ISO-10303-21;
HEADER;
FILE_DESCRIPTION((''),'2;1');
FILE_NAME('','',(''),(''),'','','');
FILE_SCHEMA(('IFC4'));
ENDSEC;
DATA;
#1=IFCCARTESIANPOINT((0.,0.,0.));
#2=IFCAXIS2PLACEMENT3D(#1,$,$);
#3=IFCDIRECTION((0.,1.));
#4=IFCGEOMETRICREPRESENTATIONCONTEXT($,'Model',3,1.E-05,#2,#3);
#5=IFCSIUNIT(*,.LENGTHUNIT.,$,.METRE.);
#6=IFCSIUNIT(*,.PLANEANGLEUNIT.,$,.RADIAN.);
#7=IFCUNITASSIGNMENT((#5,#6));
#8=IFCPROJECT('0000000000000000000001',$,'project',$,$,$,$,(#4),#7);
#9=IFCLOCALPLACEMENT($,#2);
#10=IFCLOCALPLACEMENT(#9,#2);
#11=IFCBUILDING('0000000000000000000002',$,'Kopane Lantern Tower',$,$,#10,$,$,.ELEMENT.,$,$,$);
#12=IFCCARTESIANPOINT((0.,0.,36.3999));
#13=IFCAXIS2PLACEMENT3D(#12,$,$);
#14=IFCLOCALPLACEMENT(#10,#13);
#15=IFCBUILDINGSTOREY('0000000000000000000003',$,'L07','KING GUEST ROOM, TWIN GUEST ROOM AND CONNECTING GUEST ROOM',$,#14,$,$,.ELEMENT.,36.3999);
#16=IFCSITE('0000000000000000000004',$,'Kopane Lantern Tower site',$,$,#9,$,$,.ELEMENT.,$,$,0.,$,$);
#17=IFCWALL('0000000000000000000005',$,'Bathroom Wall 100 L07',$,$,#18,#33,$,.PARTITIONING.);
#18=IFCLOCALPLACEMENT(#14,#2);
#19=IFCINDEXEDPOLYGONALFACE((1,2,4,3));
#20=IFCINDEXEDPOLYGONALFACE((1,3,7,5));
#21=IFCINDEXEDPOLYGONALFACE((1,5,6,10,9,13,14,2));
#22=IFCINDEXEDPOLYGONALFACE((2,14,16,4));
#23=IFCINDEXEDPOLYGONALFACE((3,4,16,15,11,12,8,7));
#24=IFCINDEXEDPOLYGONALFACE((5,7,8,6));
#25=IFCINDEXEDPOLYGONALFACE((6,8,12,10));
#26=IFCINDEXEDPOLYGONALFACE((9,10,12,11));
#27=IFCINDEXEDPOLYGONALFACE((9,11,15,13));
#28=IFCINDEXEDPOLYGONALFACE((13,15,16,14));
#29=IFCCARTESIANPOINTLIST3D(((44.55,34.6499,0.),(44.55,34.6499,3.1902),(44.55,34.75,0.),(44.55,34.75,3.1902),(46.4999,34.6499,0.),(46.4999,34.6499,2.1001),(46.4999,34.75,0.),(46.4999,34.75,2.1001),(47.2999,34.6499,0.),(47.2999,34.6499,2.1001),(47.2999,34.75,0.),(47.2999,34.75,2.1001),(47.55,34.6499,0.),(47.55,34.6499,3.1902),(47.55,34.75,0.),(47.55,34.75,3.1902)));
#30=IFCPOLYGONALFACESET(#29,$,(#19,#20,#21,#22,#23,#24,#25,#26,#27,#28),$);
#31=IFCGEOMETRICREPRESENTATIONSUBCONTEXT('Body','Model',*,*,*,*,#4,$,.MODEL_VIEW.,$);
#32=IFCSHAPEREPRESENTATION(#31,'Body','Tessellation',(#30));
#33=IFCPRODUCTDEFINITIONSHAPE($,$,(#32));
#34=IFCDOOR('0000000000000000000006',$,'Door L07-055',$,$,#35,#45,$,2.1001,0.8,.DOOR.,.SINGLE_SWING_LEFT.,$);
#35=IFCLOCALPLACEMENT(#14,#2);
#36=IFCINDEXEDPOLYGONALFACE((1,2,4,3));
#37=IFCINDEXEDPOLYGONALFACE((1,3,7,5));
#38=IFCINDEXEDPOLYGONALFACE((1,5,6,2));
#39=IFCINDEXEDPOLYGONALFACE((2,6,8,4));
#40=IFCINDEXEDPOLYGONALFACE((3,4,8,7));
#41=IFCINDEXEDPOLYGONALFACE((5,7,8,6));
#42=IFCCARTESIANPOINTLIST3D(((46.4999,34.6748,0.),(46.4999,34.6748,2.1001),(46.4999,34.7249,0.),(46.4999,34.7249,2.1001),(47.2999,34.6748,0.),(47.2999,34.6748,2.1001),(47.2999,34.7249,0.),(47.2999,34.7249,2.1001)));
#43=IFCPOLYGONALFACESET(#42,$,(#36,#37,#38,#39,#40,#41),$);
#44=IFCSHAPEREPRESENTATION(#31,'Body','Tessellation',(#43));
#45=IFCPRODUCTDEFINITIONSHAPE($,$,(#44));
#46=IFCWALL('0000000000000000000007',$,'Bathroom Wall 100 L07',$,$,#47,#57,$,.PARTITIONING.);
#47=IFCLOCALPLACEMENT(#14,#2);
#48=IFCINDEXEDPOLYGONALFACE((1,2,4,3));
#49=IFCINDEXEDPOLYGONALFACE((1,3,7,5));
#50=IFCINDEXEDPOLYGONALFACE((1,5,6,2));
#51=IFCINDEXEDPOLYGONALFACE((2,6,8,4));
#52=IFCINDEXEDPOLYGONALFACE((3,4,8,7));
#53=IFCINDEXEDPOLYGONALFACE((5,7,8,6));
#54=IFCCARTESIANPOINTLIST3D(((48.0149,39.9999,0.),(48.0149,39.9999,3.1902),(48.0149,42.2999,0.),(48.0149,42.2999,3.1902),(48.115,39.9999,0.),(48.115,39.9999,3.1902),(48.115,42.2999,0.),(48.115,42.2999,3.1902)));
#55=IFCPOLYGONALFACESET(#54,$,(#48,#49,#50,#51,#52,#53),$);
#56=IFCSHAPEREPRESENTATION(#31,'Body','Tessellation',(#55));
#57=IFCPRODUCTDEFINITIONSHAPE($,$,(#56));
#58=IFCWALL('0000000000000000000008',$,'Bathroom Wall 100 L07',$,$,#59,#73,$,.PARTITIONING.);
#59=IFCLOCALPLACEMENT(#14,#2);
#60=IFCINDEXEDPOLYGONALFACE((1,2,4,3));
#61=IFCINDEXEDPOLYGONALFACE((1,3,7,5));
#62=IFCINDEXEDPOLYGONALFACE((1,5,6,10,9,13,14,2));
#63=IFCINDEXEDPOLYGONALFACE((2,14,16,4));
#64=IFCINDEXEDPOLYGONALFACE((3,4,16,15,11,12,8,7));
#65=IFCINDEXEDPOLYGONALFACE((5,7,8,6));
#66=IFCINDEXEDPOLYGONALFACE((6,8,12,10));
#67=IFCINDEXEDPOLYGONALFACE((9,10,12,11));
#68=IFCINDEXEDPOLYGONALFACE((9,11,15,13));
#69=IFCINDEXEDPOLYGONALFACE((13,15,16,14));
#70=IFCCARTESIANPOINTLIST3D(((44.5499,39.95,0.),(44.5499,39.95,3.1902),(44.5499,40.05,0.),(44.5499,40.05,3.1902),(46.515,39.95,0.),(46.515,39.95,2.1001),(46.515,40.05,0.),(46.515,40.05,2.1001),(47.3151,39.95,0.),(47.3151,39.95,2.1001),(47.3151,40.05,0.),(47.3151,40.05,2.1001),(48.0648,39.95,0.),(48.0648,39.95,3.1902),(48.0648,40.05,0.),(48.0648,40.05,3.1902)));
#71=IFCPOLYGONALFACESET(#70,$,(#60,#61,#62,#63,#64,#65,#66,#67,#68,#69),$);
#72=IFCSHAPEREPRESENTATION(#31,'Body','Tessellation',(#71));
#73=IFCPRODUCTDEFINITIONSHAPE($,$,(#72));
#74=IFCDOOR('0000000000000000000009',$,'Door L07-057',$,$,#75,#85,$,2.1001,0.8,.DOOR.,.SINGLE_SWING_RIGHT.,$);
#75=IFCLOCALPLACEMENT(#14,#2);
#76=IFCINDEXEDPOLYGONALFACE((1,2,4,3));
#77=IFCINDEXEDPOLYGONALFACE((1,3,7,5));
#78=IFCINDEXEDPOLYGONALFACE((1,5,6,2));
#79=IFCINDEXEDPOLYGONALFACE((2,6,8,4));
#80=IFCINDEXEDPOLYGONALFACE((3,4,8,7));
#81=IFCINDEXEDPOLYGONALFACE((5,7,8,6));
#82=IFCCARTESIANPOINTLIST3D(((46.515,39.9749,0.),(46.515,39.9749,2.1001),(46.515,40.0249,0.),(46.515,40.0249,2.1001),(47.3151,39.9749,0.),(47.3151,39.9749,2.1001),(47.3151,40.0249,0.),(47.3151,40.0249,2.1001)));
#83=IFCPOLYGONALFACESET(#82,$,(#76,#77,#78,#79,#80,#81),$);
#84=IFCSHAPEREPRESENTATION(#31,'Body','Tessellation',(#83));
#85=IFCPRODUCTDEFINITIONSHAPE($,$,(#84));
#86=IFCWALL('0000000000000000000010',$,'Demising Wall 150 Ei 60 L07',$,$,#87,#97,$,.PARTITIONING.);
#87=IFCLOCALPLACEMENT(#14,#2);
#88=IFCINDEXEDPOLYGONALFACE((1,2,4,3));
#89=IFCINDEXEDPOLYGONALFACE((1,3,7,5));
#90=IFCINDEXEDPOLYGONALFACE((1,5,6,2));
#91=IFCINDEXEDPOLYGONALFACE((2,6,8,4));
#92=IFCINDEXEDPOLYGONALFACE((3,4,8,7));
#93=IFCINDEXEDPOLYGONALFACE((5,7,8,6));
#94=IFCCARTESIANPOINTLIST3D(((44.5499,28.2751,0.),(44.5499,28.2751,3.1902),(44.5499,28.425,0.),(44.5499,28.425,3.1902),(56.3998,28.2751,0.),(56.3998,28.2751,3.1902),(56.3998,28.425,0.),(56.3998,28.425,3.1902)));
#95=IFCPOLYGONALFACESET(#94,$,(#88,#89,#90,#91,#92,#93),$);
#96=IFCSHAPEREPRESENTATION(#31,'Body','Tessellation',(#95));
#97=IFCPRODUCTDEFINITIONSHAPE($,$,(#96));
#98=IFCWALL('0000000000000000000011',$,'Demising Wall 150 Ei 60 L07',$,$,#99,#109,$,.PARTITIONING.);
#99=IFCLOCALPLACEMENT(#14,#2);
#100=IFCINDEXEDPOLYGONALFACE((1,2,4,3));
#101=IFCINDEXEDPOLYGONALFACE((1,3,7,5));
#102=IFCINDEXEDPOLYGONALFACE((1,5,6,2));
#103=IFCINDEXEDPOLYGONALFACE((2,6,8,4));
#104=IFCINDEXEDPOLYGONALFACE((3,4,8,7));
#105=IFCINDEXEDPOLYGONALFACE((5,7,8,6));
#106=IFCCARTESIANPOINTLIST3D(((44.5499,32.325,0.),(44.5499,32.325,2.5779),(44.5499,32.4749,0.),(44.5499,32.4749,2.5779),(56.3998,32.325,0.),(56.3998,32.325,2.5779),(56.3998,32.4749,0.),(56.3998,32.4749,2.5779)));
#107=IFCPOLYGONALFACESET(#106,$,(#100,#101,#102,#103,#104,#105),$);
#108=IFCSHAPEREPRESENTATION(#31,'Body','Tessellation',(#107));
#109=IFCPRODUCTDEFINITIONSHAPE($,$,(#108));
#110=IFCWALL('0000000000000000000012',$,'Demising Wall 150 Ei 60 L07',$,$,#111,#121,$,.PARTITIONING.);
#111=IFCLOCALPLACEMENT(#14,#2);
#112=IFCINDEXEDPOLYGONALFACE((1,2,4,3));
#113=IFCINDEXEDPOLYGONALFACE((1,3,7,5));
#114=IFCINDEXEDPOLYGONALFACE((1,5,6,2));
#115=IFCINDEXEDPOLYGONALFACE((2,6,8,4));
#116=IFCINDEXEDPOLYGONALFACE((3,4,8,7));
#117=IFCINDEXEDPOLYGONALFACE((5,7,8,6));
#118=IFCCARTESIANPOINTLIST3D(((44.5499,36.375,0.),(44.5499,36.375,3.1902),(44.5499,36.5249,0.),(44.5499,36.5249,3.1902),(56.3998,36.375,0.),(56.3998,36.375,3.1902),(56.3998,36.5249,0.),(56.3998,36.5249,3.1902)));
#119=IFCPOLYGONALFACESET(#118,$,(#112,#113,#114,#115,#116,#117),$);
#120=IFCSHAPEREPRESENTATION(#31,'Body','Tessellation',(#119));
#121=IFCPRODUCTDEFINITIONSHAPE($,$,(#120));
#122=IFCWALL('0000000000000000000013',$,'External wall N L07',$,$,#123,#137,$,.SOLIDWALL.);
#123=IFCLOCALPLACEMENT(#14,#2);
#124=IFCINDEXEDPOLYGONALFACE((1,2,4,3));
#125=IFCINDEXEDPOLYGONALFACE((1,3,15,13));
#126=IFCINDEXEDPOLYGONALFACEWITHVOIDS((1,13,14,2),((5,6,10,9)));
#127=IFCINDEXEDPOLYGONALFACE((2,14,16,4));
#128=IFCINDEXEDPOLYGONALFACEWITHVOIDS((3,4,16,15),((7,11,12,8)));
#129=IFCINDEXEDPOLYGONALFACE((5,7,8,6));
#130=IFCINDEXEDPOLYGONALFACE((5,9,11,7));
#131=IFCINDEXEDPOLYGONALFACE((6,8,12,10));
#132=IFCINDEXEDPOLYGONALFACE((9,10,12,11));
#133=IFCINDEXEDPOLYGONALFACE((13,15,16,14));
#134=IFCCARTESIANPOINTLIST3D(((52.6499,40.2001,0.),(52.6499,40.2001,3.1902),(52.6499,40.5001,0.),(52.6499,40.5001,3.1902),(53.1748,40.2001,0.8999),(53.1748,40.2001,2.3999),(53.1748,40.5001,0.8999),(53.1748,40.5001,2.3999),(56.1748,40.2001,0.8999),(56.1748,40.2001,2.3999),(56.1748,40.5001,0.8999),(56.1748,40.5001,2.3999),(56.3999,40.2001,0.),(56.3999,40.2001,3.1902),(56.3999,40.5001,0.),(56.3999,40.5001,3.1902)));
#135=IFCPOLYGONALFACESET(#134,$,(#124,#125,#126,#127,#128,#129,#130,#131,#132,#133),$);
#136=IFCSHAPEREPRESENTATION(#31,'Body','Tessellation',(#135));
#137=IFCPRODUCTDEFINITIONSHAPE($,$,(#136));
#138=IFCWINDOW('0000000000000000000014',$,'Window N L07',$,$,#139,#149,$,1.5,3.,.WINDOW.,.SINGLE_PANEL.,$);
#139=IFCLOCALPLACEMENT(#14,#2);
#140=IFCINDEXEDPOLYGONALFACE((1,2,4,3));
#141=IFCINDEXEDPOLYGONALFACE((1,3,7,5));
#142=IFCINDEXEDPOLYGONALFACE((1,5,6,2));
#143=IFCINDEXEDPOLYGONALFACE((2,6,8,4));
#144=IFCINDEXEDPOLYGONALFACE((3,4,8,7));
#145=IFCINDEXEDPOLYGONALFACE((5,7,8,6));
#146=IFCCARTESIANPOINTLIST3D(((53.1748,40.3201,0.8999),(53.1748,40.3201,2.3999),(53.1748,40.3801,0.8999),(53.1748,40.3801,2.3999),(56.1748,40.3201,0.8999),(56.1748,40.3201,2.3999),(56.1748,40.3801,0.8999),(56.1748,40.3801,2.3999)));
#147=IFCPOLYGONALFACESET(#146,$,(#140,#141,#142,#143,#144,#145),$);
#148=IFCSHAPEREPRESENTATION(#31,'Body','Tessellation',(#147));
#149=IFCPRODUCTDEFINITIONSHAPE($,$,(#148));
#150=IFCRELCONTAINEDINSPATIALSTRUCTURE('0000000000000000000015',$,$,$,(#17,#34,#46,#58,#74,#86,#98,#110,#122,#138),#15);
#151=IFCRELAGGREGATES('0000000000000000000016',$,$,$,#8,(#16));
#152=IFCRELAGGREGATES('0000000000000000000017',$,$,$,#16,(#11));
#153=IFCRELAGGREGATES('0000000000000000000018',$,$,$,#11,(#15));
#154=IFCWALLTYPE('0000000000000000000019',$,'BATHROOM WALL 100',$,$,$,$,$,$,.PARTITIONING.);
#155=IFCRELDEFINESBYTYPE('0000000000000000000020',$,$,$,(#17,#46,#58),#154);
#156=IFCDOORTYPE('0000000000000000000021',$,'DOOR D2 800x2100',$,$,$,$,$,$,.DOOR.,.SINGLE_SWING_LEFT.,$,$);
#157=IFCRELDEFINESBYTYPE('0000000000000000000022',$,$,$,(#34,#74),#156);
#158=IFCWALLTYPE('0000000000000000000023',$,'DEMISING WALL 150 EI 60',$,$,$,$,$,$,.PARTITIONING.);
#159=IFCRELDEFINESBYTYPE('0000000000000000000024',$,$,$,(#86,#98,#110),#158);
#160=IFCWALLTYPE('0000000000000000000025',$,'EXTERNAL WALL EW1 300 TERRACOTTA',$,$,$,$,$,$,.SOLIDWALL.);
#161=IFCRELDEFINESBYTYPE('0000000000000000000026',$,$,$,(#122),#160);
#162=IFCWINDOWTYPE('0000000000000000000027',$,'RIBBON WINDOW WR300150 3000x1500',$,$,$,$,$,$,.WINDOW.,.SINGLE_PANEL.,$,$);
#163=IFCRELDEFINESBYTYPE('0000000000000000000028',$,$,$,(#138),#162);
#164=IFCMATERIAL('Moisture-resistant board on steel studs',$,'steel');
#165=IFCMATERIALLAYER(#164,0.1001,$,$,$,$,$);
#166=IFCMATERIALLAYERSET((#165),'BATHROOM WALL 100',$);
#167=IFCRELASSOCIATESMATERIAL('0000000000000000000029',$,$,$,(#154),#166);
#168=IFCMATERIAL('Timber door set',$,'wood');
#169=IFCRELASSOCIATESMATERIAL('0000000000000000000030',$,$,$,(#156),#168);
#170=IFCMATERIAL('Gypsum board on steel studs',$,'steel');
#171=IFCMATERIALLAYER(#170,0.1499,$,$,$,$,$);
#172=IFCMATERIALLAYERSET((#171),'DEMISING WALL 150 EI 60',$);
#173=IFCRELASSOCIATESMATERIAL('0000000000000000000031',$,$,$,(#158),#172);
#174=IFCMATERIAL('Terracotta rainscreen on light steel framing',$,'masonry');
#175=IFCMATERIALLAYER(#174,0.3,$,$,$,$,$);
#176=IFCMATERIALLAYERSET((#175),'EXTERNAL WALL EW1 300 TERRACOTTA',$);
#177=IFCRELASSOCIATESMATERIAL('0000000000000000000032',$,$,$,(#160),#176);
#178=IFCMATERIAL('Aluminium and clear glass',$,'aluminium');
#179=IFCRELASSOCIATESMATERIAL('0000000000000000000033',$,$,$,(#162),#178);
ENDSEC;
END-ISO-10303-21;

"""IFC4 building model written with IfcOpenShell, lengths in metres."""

from ifc_helpers import new_model, si_unit, direction, frame, frame_2d, origin, place, context, subcontext, project, spatial, rectangle, extrude, material, layer, layer_set, type_object, element, fill, save


model = new_model("IFC4")

# Units and contexts
model_context = context("Model", 3, precision=1e-05, world=origin(), true_north=direction((0.0, 1.0)))
body_context = subcontext(model_context, "Body", "Model", "MODEL_VIEW")
ifc_project = project(units=[si_unit("LENGTHUNIT", "METRE"), si_unit("PLANEANGLEUNIT", "RADIAN")], contexts=[model_context])

# Site, building, storey
site_placement = place(None, origin())
site = spatial("IfcSite", under=ifc_project, at=site_placement, Name="Kopane Lantern Tower site", CompositionType="ELEMENT", RefElevation=0.0)
building_placement = place(site_placement, origin())
building = spatial("IfcBuilding", under=site, at=building_placement, Name="Kopane Lantern Tower", CompositionType="ELEMENT")
storey_placement = place(building_placement, frame((0.0, 0.0, 36.3999)))
storey = spatial("IfcBuildingStorey", under=building, at=storey_placement, Name="L07", Description="KING GUEST ROOM, TWIN GUEST ROOM AND CONNECTING GUEST ROOM", CompositionType="ELEMENT", Elevation=36.3999)

# Shared definitions
ifc_material_1 = material(Name="Moisture-resistant board on steel studs", Category="steel")
ifc_layer_1 = layer(ifc_material_1, 0.1001)
ifc_layer_set_1 = layer_set([ifc_layer_1], Name="BATHROOM WALL 100")
wall_type_1 = type_object("IfcWallType", Name="BATHROOM WALL 100", PredefinedType="PARTITIONING", material=ifc_layer_set_1)

# Shared definitions
ifc_material_2 = material(Name="Timber door set", Category="wood")
door_type = type_object("IfcDoorType", Name="DOOR D2 800x2100", OperationType="SINGLE_SWING_LEFT", PredefinedType="DOOR", material=ifc_material_2)

# Wall, opening, door
wall_1_placement = place(storey_placement, frame((44.55, 34.7, 0.0), z_axis=(0.0, 0.0, 1.0), x_axis=(1.0, 0.0, 0.0)))
wall_1 = element("IfcWall", 1, at=wall_1_placement, inside=storey, type_object=wall_type_1, Name="Bathroom Wall 100 L07", PredefinedType="PARTITIONING", context=body_context, shape_type="SweptSolid", body=[
    extrude(rectangle(XDim=3.0, YDim=0.1001, at=frame_2d((1.5, 0.0))), origin(), (0.0, 0.0, 1.0), 3.1902),
])
opening_1_placement = place(wall_1_placement, frame((1.95, 0.0, 0.0)))
opening_1 = element("IfcOpeningElement", 2, at=opening_1_placement, cuts=wall_1, PredefinedType="OPENING", context=body_context, shape_type="SweptSolid", body=[
    extrude(rectangle(XDim=0.8, YDim=2.1001, at=frame_2d((0.3999, 1.05))), frame((0.0, 0.0601, 0.0), z_axis=(0.0, -1.0, 0.0), x_axis=(1.0, 0.0, 0.0)), (0.0, 0.0, 1.0), 0.1201),
])
door_1_placement = place(opening_1_placement, origin())
door_1 = element("IfcDoor", 3, at=door_1_placement, inside=storey, type_object=door_type, Name="Door L07-055", OperationType="SINGLE_SWING_LEFT", OverallHeight=2.1001, OverallWidth=0.8, PredefinedType="DOOR", context=body_context, shape_type="SweptSolid", body=[
    extrude(rectangle(XDim=0.8, YDim=2.1001, at=frame_2d((0.3999, 1.05))), frame((0.0, 0.0249, 0.0), z_axis=(0.0, -1.0, 0.0), x_axis=(1.0, 0.0, 0.0)), (0.0, 0.0, 1.0), 0.05),
])
fill(opening_1, door_1)

# Wall
wall_2_placement = place(storey_placement, frame((48.0649, 40.0, 0.0), z_axis=(0.0, 0.0, 1.0), x_axis=(0.0, 1.0, 0.0)))
element("IfcWall", 4, at=wall_2_placement, inside=storey, type_object=wall_type_1, Name="Bathroom Wall 100 L07", PredefinedType="PARTITIONING", context=body_context, shape_type="SweptSolid", body=[
    extrude(rectangle(XDim=2.3, YDim=0.1001, at=frame_2d((1.1499, 0.0))), origin(), (0.0, 0.0, 1.0), 3.1902),
])

# Wall, opening, door
wall_3_placement = place(storey_placement, frame((44.55, 40.0, 0.0), z_axis=(0.0, 0.0, 1.0), x_axis=(1.0, 0.0, 0.0)))
wall_3 = element("IfcWall", 5, at=wall_3_placement, inside=storey, type_object=wall_type_1, Name="Bathroom Wall 100 L07", PredefinedType="PARTITIONING", context=body_context, shape_type="SweptSolid", body=[
    extrude(rectangle(XDim=3.5149, YDim=0.1001, at=frame_2d((1.7573, 0.0))), origin(), (0.0, 0.0, 1.0), 3.1902),
])
opening_2_placement = place(wall_3_placement, frame((1.9651, 0.0, 0.0)))
opening_2 = element("IfcOpeningElement", 6, at=opening_2_placement, cuts=wall_3, PredefinedType="OPENING", context=body_context, shape_type="SweptSolid", body=[
    extrude(rectangle(XDim=0.8, YDim=2.1001, at=frame_2d((0.3999, 1.05))), frame((0.0, 0.0601, 0.0), z_axis=(0.0, -1.0, 0.0), x_axis=(1.0, 0.0, 0.0)), (0.0, 0.0, 1.0), 0.1201),
])
door_2_placement = place(opening_2_placement, origin())
door_2 = element("IfcDoor", 7, at=door_2_placement, inside=storey, type_object=door_type, Name="Door L07-057", OperationType="SINGLE_SWING_RIGHT", OverallHeight=2.1001, OverallWidth=0.8, PredefinedType="DOOR", context=body_context, shape_type="SweptSolid", body=[
    extrude(rectangle(XDim=0.8, YDim=2.1001, at=frame_2d((0.3999, 1.05))), frame((0.0, 0.0249, 0.0), z_axis=(0.0, -1.0, 0.0), x_axis=(1.0, 0.0, 0.0)), (0.0, 0.0, 1.0), 0.05),
])
fill(opening_2, door_2)

# Walls
ifc_material_3 = material(Name="Gypsum board on steel studs", Category="steel")
ifc_layer_2 = layer(ifc_material_3, 0.1499)
ifc_layer_set_2 = layer_set([ifc_layer_2], Name="DEMISING WALL 150 EI 60")
wall_type_2 = type_object("IfcWallType", Name="DEMISING WALL 150 EI 60", PredefinedType="PARTITIONING", material=ifc_layer_set_2)
wall_4_placement = place(storey_placement, frame((44.55, 28.3501, 0.0), z_axis=(0.0, 0.0, 1.0), x_axis=(1.0, 0.0, 0.0)))
element("IfcWall", 8, at=wall_4_placement, inside=storey, type_object=wall_type_2, Name="Demising Wall 150 Ei 60 L07", PredefinedType="PARTITIONING", context=body_context, shape_type="SweptSolid", body=[
    extrude(rectangle(XDim=11.8499, YDim=0.1499, at=frame_2d((5.9248, 0.0))), origin(), (0.0, 0.0, 1.0), 3.1902),
])
wall_5_placement = place(storey_placement, frame((44.55, 32.3999, 0.0), z_axis=(0.0, 0.0, 1.0), x_axis=(1.0, 0.0, 0.0)))
element("IfcWall", 9, at=wall_5_placement, inside=storey, type_object=wall_type_2, Name="Demising Wall 150 Ei 60 L07", PredefinedType="PARTITIONING", context=body_context, shape_type="SweptSolid", body=[
    extrude(rectangle(XDim=11.8499, YDim=0.1499, at=frame_2d((5.9248, 0.0))), origin(), (0.0, 0.0, 1.0), 2.5779),
])
wall_6_placement = place(storey_placement, frame((44.55, 36.45, 0.0), z_axis=(0.0, 0.0, 1.0), x_axis=(1.0, 0.0, 0.0)))
element("IfcWall", 10, at=wall_6_placement, inside=storey, type_object=wall_type_2, Name="Demising Wall 150 Ei 60 L07", PredefinedType="PARTITIONING", context=body_context, shape_type="SweptSolid", body=[
    extrude(rectangle(XDim=11.8499, YDim=0.1499, at=frame_2d((5.9248, 0.0))), origin(), (0.0, 0.0, 1.0), 3.1902),
])

# Wall, opening, window
ifc_material_4 = material(Name="Terracotta rainscreen on light steel framing", Category="masonry")
ifc_layer_3 = layer(ifc_material_4, 0.3)
ifc_layer_set_3 = layer_set([ifc_layer_3], Name="EXTERNAL WALL EW1 300 TERRACOTTA")
wall_type_3 = type_object("IfcWallType", Name="EXTERNAL WALL EW1 300 TERRACOTTA", PredefinedType="SOLIDWALL", material=ifc_layer_set_3)
wall_7_placement = place(storey_placement, frame((56.3999, 40.3501, 0.0), z_axis=(0.0, 0.0, 1.0), x_axis=(-1.0, 0.0, 0.0)))
wall_7 = element("IfcWall", 11, at=wall_7_placement, inside=storey, type_object=wall_type_3, Name="External wall N L07", PredefinedType="SOLIDWALL", context=body_context, shape_type="SweptSolid", body=[
    extrude(rectangle(XDim=3.75, YDim=0.3, at=frame_2d((1.875, 0.0))), origin(), (0.0, 0.0, 1.0), 3.1902),
])
opening_3_placement = place(wall_7_placement, frame((0.2251, 0.0, 0.8999)))
opening_3 = element("IfcOpeningElement", 12, at=opening_3_placement, cuts=wall_7, PredefinedType="OPENING", context=body_context, shape_type="SweptSolid", body=[
    extrude(rectangle(XDim=3.0, YDim=1.5, at=frame_2d((1.5, 0.75))), frame((0.0, 0.1599, 0.0), z_axis=(0.0, -1.0, 0.0), x_axis=(1.0, 0.0, 0.0)), (0.0, 0.0, 1.0), 0.3201),
])
ifc_material_5 = material(Name="Aluminium and clear glass", Category="aluminium")
window_type = type_object("IfcWindowType", Name="RIBBON WINDOW WR300150 3000x1500", PartitioningType="SINGLE_PANEL", PredefinedType="WINDOW", material=ifc_material_5)
window_1_placement = place(opening_3_placement, origin())
window_1 = element("IfcWindow", 13, at=window_1_placement, inside=storey, type_object=window_type, Name="Window N L07", OverallHeight=1.5, OverallWidth=3.0, PartitioningType="SINGLE_PANEL", PredefinedType="WINDOW", context=body_context, shape_type="SweptSolid", body=[
    extrude(rectangle(XDim=3.0, YDim=1.5, at=frame_2d((1.5, 0.75))), frame((0.0, 0.03, 0.0), z_axis=(0.0, -1.0, 0.0), x_axis=(1.0, 0.0, 0.0)), (0.0, 0.0, 1.0), 0.0601),
])
fill(opening_3, window_1)

save(model, "model.ifc")
